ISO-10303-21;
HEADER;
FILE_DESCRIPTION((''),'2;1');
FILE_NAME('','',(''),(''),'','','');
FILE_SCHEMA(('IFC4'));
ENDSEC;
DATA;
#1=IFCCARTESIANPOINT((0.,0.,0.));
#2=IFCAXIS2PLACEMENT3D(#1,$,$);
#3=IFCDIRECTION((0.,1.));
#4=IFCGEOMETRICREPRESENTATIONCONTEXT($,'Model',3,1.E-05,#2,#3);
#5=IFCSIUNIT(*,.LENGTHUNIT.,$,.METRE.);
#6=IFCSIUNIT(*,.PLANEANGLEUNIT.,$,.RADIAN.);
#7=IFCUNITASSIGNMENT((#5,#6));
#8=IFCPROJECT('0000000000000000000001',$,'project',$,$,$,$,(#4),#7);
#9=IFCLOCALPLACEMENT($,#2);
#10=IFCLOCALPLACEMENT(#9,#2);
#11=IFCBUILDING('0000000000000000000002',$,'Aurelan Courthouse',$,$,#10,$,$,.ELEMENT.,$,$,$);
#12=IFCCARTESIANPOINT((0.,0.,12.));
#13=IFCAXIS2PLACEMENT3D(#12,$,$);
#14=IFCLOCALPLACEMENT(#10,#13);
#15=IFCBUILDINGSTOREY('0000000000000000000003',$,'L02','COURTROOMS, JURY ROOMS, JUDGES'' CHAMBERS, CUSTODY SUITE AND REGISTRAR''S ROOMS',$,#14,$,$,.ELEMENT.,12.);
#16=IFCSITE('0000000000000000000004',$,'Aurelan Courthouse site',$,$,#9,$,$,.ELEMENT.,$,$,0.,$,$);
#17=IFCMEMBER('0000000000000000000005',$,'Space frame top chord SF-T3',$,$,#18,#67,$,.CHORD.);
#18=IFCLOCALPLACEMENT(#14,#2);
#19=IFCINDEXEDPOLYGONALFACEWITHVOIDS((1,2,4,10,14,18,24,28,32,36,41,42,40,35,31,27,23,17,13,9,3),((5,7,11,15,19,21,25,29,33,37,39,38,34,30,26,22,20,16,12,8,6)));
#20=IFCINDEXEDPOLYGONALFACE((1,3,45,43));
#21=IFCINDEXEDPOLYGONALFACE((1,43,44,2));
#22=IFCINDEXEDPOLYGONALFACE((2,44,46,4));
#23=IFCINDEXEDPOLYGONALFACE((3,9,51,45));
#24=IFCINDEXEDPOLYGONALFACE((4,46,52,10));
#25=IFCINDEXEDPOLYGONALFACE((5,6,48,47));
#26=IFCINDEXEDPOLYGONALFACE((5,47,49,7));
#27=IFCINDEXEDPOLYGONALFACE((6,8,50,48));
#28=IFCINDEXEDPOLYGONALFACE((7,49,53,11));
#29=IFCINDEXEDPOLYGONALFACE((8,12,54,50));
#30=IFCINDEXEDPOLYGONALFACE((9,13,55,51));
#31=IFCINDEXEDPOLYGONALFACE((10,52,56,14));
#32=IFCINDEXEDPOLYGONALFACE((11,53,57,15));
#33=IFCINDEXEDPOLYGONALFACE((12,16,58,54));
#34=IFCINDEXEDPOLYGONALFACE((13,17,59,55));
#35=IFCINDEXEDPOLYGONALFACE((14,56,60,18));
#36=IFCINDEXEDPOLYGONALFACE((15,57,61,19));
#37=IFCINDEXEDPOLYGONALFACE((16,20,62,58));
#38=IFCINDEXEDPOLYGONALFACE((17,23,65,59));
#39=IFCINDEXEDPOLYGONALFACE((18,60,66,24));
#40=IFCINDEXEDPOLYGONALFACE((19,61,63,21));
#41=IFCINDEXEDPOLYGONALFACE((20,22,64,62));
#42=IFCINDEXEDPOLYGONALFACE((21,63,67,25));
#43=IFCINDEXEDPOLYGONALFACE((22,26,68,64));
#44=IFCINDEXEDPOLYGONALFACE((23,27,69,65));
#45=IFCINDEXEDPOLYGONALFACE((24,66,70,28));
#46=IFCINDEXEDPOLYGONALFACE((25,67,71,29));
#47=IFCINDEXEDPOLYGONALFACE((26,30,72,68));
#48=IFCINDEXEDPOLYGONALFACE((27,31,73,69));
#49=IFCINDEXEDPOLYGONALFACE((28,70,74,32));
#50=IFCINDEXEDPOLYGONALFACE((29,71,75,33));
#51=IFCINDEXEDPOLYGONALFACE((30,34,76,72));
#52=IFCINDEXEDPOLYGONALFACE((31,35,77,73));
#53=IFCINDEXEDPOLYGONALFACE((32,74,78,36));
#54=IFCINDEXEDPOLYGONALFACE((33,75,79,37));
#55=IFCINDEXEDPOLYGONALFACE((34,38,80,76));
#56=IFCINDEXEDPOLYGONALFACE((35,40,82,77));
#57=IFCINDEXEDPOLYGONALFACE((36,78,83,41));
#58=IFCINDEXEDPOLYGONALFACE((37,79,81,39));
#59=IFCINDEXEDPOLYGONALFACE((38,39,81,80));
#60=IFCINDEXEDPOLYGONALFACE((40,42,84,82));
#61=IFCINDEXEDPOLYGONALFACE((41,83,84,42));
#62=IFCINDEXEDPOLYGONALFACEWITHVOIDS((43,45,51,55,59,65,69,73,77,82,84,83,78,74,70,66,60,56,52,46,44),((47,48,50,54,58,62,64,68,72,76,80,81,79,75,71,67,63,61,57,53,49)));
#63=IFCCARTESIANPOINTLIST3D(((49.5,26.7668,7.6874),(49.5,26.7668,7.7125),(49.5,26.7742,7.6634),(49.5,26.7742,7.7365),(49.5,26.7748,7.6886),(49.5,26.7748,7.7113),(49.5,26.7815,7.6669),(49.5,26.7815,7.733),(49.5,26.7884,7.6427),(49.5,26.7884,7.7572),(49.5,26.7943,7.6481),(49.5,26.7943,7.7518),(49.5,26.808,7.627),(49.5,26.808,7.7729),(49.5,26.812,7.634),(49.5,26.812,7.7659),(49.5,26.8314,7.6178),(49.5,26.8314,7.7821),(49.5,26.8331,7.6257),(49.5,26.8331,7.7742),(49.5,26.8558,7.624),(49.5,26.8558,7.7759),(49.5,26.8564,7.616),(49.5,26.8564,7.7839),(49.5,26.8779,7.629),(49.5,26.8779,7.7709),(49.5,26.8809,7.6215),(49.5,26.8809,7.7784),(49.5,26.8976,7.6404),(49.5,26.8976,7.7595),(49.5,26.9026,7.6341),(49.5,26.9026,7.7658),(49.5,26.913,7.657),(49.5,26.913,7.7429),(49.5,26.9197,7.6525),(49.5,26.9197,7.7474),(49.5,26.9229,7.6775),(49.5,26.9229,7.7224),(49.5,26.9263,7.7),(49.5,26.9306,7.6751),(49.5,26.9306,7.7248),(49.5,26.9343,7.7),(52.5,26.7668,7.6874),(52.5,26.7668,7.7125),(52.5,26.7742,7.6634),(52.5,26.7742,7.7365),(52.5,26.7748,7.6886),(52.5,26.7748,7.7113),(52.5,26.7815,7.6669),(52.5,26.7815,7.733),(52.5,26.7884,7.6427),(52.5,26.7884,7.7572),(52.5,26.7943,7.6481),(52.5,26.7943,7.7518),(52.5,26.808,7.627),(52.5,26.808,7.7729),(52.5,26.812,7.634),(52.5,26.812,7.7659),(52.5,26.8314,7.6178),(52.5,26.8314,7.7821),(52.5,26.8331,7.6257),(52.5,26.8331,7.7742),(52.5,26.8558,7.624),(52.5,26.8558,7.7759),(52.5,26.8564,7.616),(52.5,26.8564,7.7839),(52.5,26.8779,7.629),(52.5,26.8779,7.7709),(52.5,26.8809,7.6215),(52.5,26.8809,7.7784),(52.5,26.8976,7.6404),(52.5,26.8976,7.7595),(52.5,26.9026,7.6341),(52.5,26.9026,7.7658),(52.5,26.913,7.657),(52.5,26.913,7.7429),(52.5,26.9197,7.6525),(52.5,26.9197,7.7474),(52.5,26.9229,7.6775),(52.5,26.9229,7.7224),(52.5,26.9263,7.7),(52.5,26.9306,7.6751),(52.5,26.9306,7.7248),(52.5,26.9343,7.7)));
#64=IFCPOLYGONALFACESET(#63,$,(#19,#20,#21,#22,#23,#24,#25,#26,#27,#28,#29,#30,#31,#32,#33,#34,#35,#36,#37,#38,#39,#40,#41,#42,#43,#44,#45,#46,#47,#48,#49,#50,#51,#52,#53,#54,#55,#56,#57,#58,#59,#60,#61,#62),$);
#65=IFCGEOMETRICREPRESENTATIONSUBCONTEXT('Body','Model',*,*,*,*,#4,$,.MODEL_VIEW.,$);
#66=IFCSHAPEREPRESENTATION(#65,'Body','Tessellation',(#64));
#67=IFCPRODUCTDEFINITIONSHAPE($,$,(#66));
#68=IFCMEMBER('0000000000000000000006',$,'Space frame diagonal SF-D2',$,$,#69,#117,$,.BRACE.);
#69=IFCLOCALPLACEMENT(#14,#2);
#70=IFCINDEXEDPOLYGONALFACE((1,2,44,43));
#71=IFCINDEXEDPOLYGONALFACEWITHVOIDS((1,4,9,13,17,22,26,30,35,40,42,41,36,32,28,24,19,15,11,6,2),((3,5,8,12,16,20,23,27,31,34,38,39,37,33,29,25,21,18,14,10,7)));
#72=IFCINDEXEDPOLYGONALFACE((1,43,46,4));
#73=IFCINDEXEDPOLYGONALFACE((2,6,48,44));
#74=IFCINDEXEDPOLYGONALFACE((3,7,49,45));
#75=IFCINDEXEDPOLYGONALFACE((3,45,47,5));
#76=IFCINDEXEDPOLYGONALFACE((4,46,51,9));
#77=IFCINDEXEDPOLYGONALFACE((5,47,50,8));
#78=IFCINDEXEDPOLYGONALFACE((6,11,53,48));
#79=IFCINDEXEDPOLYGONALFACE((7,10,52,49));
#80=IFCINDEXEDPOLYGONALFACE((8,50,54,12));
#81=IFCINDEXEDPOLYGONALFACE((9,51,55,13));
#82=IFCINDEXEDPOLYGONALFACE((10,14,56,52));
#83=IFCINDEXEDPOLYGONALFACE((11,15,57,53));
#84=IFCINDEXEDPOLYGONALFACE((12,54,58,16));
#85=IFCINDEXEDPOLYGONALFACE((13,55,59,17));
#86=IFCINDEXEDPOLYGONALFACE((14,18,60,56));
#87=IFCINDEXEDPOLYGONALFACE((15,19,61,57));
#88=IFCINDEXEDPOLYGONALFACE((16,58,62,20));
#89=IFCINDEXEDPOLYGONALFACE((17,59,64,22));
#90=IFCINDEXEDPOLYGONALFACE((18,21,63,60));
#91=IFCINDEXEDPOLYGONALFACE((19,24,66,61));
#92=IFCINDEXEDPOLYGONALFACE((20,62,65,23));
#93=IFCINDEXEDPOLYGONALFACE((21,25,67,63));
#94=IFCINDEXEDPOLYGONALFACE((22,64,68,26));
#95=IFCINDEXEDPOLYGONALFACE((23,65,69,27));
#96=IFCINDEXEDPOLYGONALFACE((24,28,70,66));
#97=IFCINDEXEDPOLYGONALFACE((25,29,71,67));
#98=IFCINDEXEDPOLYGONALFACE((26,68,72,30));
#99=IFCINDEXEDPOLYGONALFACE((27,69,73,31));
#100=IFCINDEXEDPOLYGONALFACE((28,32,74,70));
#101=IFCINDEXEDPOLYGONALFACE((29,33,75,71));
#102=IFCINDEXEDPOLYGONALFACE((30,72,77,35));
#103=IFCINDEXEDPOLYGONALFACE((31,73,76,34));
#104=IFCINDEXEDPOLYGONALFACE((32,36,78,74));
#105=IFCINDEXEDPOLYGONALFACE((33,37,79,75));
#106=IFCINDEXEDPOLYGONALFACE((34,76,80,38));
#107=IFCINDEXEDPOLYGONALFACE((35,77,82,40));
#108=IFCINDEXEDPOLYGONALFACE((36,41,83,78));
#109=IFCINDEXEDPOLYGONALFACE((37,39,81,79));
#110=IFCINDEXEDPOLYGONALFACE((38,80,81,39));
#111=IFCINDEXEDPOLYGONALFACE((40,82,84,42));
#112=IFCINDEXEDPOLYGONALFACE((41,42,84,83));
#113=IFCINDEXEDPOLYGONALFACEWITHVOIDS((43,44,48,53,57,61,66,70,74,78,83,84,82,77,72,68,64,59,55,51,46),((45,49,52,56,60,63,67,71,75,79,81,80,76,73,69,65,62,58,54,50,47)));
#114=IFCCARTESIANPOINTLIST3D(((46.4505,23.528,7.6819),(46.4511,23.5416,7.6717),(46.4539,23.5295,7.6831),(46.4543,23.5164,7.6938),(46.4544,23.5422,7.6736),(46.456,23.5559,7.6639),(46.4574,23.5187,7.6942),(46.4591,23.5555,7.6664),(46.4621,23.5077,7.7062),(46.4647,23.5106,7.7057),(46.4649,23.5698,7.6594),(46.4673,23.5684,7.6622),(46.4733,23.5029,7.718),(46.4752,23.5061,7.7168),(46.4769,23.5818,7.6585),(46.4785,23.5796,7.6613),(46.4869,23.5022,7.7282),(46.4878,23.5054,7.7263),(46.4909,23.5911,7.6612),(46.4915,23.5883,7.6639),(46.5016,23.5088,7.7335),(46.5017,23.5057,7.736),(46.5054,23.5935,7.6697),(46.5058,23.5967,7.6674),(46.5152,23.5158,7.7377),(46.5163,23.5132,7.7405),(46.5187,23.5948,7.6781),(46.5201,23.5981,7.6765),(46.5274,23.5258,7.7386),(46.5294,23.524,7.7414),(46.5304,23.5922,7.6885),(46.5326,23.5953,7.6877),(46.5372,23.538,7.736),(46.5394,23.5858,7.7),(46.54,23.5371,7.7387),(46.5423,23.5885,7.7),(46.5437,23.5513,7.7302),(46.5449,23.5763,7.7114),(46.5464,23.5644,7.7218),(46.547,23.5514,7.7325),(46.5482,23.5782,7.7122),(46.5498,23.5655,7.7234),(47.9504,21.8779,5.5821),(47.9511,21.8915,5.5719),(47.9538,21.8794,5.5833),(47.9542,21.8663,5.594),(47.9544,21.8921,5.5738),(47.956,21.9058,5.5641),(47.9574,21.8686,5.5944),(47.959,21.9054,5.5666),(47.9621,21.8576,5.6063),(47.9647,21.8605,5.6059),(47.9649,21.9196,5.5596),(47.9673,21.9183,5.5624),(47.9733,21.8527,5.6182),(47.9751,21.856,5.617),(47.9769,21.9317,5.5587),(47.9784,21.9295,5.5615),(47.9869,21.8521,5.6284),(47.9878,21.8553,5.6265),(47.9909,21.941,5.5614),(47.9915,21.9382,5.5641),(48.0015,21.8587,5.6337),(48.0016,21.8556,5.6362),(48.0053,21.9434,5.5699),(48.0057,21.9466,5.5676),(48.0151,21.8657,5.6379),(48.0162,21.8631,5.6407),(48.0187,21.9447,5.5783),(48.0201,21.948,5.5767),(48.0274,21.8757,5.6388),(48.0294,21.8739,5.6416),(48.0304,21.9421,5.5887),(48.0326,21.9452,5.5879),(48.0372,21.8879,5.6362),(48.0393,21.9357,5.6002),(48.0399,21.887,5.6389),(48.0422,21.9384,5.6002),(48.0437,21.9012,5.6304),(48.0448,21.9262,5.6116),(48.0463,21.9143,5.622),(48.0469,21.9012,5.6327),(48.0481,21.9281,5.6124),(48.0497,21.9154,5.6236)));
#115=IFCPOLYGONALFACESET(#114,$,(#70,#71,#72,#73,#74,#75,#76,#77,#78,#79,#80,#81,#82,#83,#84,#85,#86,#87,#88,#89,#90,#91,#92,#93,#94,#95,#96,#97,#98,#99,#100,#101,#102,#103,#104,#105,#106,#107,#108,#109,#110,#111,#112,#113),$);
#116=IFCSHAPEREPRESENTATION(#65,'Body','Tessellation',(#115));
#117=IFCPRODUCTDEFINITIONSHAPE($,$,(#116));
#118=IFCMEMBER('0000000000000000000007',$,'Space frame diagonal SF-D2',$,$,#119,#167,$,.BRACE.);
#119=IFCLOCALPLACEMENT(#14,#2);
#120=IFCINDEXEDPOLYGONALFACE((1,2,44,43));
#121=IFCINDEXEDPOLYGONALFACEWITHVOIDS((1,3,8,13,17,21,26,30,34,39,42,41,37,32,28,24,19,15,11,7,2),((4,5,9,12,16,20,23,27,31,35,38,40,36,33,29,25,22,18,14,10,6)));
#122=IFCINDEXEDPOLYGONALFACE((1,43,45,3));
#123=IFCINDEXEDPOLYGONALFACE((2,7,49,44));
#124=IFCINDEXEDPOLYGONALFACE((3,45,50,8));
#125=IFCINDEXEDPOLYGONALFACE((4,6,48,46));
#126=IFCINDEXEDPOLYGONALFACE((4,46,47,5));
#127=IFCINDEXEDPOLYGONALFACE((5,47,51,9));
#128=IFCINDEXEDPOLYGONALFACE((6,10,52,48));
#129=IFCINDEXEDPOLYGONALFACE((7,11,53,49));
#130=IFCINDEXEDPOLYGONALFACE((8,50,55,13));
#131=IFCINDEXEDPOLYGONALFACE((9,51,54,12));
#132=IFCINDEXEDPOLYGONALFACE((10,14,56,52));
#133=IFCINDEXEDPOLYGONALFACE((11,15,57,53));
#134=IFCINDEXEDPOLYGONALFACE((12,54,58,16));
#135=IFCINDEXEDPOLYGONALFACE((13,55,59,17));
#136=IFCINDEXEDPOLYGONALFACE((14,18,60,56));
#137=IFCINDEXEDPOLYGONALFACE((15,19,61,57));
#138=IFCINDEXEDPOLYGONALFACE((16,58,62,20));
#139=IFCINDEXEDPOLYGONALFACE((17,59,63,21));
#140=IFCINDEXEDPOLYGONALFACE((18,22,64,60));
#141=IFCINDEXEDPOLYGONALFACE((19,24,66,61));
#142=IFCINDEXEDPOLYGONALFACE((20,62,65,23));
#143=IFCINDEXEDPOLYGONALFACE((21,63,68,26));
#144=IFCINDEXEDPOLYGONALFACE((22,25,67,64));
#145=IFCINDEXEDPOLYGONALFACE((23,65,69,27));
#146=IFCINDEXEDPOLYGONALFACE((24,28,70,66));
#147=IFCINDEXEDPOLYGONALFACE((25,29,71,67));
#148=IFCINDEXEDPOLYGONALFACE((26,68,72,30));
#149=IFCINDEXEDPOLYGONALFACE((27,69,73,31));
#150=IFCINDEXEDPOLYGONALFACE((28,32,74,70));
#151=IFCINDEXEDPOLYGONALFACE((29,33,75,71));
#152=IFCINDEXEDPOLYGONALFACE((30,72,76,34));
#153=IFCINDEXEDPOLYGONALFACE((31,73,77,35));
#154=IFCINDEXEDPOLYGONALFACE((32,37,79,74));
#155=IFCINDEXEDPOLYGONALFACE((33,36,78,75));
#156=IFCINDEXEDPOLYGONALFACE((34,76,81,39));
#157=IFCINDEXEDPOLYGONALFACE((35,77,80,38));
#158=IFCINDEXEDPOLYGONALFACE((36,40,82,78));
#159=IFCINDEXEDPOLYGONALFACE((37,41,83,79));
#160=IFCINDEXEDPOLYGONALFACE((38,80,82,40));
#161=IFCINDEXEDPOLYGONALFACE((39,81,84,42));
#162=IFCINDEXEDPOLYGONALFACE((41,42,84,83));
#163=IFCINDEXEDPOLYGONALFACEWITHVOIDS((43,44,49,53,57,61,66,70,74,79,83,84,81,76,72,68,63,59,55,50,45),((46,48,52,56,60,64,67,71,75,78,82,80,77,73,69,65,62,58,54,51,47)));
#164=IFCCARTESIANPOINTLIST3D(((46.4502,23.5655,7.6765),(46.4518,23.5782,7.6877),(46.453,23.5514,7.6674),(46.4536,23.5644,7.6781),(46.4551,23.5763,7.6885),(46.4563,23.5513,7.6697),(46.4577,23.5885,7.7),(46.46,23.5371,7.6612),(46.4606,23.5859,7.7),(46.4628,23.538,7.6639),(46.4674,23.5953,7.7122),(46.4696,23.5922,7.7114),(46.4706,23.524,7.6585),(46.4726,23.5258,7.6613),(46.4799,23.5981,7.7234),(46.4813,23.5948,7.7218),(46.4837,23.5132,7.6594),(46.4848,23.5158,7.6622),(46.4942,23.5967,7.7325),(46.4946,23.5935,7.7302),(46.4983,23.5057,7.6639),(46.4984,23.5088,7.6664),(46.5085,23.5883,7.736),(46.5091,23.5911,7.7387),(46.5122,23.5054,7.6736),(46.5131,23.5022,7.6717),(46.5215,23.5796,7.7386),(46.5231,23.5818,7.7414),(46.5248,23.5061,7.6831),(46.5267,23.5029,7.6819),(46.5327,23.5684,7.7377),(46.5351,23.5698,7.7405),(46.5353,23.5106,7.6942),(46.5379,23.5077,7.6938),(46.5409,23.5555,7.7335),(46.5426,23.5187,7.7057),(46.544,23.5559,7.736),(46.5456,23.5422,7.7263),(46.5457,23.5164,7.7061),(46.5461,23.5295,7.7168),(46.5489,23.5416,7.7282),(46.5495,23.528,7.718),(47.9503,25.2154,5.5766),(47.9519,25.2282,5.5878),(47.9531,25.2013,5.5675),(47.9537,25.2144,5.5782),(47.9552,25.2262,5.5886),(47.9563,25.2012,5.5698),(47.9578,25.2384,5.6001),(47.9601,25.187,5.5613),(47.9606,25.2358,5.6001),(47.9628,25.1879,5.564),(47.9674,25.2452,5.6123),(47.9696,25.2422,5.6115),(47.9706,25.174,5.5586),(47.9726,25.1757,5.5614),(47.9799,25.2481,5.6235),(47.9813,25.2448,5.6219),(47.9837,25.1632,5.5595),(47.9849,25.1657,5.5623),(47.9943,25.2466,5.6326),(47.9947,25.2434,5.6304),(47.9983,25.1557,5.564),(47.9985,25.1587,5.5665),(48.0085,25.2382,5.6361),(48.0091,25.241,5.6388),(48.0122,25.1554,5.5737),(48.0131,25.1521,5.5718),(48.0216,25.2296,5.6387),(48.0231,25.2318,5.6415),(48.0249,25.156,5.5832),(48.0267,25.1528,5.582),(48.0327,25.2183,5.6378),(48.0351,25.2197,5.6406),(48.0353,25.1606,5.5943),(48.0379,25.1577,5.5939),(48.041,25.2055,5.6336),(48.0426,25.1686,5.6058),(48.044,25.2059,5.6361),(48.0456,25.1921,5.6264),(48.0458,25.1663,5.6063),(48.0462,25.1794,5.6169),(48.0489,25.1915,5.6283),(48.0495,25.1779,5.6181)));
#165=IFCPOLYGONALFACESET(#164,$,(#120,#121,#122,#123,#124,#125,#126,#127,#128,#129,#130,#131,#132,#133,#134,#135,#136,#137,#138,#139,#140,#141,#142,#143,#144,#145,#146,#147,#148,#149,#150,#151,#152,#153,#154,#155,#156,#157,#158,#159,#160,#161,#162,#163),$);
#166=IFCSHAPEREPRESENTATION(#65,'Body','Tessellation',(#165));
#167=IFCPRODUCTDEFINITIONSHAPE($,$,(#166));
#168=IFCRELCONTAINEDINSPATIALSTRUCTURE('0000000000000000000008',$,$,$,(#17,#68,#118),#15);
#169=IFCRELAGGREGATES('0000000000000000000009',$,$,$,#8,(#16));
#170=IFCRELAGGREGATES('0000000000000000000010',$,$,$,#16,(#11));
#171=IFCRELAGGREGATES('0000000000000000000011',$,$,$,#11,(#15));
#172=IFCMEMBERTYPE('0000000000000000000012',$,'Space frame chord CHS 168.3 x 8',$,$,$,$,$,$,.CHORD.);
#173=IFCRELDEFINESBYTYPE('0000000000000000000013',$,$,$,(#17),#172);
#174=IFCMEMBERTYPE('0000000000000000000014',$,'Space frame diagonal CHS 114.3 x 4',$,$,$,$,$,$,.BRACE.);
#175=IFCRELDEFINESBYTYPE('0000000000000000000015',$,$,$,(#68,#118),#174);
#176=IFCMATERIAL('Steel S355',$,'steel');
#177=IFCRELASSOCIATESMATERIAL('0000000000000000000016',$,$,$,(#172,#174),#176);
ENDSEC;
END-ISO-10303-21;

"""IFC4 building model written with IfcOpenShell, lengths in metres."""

from ifc_helpers import new_model, si_unit, direction, frame, origin, origin_2d, place, context, subcontext, project, spatial, hollow_circle, extrude, material, material_profile, profile_set, type_object, element, save


model = new_model("IFC4")

# Units and contexts
model_context = context("Model", 3, precision=1e-05, world=origin(), true_north=direction((0.0, 1.0)))
body_context = subcontext(model_context, "Body", "Model", "MODEL_VIEW")
ifc_project = project(units=[si_unit("LENGTHUNIT", "METRE"), si_unit("PLANEANGLEUNIT", "RADIAN")], contexts=[model_context])

# Site, building, storey
site_placement = place(None, origin())
site = spatial("IfcSite", under=ifc_project, at=site_placement, Name="Aurelan Courthouse site", CompositionType="ELEMENT", RefElevation=0.0)
building_placement = place(site_placement, origin())
building = spatial("IfcBuilding", under=site, at=building_placement, Name="Aurelan Courthouse", CompositionType="ELEMENT")
storey_placement = place(building_placement, frame((0.0, 0.0, 12.0)))
storey = spatial("IfcBuildingStorey", under=building, at=storey_placement, Name="L02", Description="COURTROOMS, JURY ROOMS, JUDGES' CHAMBERS, CUSTODY SUITE AND REGISTRAR'S ROOMS", CompositionType="ELEMENT", Elevation=12.0)

# Members
ifc_material_1 = material(Name="Steel S355", Category="steel")
ifc_material_profile_1 = material_profile(ifc_material_1, hollow_circle(Radius=0.0842, WallThickness=0.0081, at=origin_2d()), Name="CHS 168.3 x 8")
ifc_profile_set_1 = profile_set([ifc_material_profile_1], Name="Steel S355")
member_type_1 = type_object("IfcMemberType", Name="Space frame chord CHS 168.3 x 8", PredefinedType="CHORD", material=ifc_profile_set_1)
for number, where, z_axis, x_axis, name in (
    (1, (49.5, 26.8501, 7.7), (1.0, 0.0, 0.0), (0.0, 1.0, 0.0), "Space frame top chord SF-T3"),
):
    element("IfcMember", number, at=place(storey_placement, frame(where, z_axis=z_axis, x_axis=x_axis)), inside=storey, type_object=member_type_1, Name=name, PredefinedType="CHORD", context=body_context, shape_type="SweptSolid", body=[
        extrude(hollow_circle(Radius=0.0842, WallThickness=0.0081, at=origin_2d()), origin(), (0.0, 0.0, 1.0), 3.0),
    ])
ifc_material_profile_2 = material_profile(ifc_material_1, hollow_circle(Radius=0.0571, WallThickness=0.0039, at=origin_2d()), Name="CHS 114.3 x 4")
ifc_profile_set_2 = profile_set([ifc_material_profile_2], Name="Steel S355")
member_type_2 = type_object("IfcMemberType", Name="Space frame diagonal CHS 114.3 x 4", PredefinedType="BRACE", material=ifc_profile_set_2)
for number, where, z_axis, x_axis, name in (
    (2, (46.5, 23.55, 7.7), (0.489706, -0.538724, -0.68554), (0.73997, 0.67264, 0.0), "Space frame diagonal SF-D2"),
    (3, (46.5, 23.55, 7.7), (0.489727, 0.538667, -0.685569), (-0.73992, 0.672695, 0.0), "Space frame diagonal SF-D2"),
):
    element("IfcMember", number, at=place(storey_placement, frame(where, z_axis=z_axis, x_axis=x_axis)), inside=storey, type_object=member_type_2, Name=name, PredefinedType="BRACE", context=body_context, shape_type="SweptSolid", body=[
        extrude(hollow_circle(Radius=0.0571, WallThickness=0.0039, at=origin_2d()), origin(), (0.0, 0.0, 1.0), 3.063),
    ])

save(model, "model.ifc")
